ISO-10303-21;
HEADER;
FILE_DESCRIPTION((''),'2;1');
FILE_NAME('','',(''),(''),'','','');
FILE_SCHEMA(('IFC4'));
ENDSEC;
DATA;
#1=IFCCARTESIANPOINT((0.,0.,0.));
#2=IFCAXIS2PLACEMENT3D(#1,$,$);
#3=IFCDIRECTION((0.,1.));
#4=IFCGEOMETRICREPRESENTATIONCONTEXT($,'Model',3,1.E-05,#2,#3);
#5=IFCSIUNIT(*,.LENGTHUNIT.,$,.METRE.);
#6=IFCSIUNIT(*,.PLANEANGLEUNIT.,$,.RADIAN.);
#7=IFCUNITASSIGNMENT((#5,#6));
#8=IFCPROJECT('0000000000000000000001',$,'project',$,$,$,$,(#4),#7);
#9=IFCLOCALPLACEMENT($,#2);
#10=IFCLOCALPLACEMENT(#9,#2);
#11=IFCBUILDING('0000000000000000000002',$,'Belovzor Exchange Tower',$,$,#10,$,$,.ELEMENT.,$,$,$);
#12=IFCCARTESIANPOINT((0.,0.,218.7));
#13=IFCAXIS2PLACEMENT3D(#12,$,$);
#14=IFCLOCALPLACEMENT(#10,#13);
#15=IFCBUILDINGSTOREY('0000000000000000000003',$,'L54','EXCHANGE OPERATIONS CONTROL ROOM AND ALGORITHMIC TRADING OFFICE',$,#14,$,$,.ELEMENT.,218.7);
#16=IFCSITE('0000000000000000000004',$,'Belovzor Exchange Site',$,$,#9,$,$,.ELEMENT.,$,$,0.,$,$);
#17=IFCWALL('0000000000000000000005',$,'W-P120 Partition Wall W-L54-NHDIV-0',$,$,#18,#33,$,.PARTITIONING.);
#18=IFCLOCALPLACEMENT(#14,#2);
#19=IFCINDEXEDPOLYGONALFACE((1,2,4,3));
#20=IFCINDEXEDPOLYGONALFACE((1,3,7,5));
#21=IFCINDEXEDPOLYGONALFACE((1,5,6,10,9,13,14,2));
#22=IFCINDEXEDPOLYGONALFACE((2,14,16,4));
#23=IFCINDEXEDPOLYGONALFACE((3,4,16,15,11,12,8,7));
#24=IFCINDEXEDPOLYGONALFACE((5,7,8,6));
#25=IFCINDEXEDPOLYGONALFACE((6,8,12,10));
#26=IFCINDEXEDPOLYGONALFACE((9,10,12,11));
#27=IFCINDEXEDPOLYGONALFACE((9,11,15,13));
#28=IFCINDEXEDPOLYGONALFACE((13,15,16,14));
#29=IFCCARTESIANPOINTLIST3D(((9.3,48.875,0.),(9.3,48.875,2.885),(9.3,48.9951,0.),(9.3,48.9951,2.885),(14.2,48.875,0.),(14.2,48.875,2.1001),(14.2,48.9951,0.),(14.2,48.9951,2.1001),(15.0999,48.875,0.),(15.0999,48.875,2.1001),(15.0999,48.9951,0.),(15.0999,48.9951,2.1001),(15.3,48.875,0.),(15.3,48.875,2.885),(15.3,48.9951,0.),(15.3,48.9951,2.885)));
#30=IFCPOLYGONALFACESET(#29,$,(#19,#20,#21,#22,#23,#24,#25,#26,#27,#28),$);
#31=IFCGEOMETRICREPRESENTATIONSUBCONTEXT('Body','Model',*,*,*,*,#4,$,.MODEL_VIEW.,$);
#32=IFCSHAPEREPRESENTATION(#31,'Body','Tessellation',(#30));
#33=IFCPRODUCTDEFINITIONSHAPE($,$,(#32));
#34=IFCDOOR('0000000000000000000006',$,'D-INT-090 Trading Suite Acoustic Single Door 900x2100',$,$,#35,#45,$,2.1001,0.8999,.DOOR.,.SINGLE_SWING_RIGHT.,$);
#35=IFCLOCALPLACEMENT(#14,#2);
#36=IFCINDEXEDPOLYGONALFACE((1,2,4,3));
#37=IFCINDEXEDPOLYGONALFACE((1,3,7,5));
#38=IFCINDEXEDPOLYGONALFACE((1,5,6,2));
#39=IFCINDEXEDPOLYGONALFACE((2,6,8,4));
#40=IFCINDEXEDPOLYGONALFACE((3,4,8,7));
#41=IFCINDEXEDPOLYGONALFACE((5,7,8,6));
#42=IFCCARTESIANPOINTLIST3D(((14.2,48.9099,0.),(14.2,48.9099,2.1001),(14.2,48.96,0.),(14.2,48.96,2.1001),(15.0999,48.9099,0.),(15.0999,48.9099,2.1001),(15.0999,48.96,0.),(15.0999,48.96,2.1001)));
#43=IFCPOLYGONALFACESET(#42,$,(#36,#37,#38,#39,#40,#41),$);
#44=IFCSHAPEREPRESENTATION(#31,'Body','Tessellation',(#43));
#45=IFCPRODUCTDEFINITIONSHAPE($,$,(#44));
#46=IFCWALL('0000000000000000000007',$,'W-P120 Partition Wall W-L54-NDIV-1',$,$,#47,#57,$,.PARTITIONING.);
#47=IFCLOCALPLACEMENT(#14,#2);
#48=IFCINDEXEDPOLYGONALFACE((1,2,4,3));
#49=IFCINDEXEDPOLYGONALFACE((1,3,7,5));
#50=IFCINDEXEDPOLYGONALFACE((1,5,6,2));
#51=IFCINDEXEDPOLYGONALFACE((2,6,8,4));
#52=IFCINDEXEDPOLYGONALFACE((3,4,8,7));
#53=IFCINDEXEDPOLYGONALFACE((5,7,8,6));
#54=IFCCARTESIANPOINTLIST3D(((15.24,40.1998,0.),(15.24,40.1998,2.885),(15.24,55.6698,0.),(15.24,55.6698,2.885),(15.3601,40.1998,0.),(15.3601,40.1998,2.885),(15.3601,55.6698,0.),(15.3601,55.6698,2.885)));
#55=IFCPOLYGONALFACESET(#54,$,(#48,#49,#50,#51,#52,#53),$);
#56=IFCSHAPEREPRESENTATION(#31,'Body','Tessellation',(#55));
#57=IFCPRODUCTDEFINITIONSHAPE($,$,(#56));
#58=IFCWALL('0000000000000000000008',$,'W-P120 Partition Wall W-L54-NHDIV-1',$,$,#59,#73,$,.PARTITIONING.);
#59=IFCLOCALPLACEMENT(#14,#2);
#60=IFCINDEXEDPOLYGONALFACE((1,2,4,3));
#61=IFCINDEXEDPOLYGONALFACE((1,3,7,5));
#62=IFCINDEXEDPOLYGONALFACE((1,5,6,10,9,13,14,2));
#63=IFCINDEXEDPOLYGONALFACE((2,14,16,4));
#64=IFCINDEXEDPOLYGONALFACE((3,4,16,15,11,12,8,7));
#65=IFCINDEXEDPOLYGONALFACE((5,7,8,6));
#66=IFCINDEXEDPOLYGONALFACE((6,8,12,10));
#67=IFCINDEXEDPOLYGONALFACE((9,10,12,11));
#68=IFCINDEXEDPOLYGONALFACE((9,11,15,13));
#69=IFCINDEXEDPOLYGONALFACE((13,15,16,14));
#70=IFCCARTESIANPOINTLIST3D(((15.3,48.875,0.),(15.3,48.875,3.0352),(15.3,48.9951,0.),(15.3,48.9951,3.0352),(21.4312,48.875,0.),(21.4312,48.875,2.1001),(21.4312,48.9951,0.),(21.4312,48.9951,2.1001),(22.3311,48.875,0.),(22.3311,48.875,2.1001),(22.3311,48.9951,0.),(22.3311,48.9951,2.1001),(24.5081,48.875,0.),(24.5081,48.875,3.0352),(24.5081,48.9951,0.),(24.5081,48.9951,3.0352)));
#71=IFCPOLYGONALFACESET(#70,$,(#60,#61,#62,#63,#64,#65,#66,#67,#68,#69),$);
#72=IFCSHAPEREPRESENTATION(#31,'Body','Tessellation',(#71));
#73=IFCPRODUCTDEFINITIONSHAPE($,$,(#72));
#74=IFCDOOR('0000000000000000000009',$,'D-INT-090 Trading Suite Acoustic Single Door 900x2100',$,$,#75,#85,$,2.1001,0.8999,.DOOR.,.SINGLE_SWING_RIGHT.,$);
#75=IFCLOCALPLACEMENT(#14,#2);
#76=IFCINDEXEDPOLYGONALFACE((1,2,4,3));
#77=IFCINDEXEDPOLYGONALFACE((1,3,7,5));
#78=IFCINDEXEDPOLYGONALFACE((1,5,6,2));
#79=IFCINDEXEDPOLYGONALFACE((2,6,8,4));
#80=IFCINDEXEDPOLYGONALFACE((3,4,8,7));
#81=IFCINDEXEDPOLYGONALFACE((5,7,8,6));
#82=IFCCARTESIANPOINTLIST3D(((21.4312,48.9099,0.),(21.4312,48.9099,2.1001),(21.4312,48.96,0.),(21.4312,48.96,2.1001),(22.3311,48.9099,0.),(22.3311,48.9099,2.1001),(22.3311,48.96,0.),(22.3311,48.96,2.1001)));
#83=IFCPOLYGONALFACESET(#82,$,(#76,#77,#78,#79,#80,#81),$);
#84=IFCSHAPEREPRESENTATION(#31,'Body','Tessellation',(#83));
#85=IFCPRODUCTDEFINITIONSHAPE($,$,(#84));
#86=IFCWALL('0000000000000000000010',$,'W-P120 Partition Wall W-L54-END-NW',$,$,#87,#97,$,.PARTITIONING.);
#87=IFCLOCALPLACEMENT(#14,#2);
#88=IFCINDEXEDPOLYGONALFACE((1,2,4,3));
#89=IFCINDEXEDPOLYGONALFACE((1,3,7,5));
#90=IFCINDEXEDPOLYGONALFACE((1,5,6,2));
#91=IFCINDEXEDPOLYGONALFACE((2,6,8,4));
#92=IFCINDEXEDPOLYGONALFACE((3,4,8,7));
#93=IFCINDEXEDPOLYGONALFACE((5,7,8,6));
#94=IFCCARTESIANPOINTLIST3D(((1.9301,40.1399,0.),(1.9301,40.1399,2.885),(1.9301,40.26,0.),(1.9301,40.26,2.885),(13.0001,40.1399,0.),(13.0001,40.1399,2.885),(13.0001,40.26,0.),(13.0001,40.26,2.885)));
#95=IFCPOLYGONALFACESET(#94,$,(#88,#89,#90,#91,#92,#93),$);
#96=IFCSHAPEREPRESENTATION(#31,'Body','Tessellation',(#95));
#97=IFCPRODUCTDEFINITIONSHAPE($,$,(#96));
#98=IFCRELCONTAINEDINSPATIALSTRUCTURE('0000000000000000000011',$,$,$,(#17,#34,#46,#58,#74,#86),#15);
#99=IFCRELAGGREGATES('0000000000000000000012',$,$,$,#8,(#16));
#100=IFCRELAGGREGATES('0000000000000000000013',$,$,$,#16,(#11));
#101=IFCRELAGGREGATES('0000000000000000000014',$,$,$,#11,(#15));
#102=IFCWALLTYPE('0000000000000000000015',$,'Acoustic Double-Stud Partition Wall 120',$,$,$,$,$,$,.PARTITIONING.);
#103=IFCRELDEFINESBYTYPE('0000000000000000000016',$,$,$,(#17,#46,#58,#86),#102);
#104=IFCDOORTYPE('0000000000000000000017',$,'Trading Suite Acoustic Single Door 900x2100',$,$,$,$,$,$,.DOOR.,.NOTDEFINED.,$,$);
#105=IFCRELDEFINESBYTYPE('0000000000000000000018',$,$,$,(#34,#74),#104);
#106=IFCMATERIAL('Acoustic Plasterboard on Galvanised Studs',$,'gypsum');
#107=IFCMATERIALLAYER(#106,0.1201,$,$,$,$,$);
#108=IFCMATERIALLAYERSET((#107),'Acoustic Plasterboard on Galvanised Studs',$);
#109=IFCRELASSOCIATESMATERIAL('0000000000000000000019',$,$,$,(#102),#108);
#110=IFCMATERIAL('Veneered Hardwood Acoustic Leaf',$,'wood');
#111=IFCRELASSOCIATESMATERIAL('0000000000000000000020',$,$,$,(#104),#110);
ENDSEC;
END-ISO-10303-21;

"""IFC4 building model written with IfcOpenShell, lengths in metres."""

from ifc_helpers import new_model, si_unit, direction, frame, frame_2d, origin, place, context, subcontext, project, spatial, rectangle, extrude, material, layer, layer_set, type_object, element, fill, save


model = new_model("IFC4")

# Units and contexts
model_context = context("Model", 3, precision=1e-05, world=origin(), true_north=direction((0.0, 1.0)))
body_context = subcontext(model_context, "Body", "Model", "MODEL_VIEW")
ifc_project = project(units=[si_unit("LENGTHUNIT", "METRE"), si_unit("PLANEANGLEUNIT", "RADIAN")], contexts=[model_context])

# Site, building, storey
site_placement = place(None, origin())
site = spatial("IfcSite", under=ifc_project, at=site_placement, Name="Belovzor Exchange Site", CompositionType="ELEMENT", RefElevation=0.0)
building_placement = place(site_placement, origin())
building = spatial("IfcBuilding", under=site, at=building_placement, Name="Belovzor Exchange Tower", CompositionType="ELEMENT")
storey_placement = place(building_placement, frame((0.0, 0.0, 218.7)))
storey = spatial("IfcBuildingStorey", under=building, at=storey_placement, Name="L54", Description="EXCHANGE OPERATIONS CONTROL ROOM AND ALGORITHMIC TRADING OFFICE", CompositionType="ELEMENT", Elevation=218.7)

# Wall, opening, door
ifc_material_1 = material(Name="Acoustic Plasterboard on Galvanised Studs", Category="gypsum")
ifc_layer_1 = layer(ifc_material_1, 0.1201)
ifc_layer_set_1 = layer_set([ifc_layer_1], Name="Acoustic Plasterboard on Galvanised Studs")
wall_type_1 = type_object("IfcWallType", Name="Acoustic Double-Stud Partition Wall 120", PredefinedType="PARTITIONING", material=ifc_layer_set_1)
wall_1_placement = place(storey_placement, frame((9.3, 48.9351, 0.0), z_axis=(0.0, 0.0, 1.0), x_axis=(1.0, 0.0, 0.0)))
wall_1 = element("IfcWall", 1, at=wall_1_placement, inside=storey, type_object=wall_type_1, Name="W-P120 Partition Wall W-L54-NHDIV-0", PredefinedType="PARTITIONING", context=body_context, shape_type="SweptSolid", body=[
    extrude(rectangle(XDim=6.0, YDim=0.1201, at=frame_2d((3.0, 0.0))), origin(), (0.0, 0.0, 1.0), 2.885),
])
opening_1_placement = place(wall_1_placement, frame((4.8999, 0.0, 0.0)))
opening_1 = element("IfcOpeningElement", 2, at=opening_1_placement, cuts=wall_1, PredefinedType="OPENING", context=body_context, shape_type="SweptSolid", body=[
    extrude(rectangle(XDim=0.8999, YDim=2.1001, at=frame_2d((0.45, 1.05))), frame((0.0, 0.0701, 0.0), z_axis=(0.0, -1.0, 0.0), x_axis=(1.0, 0.0, 0.0)), (0.0, 0.0, 1.0), 0.1401),
])
ifc_material_2 = material(Name="Veneered Hardwood Acoustic Leaf", Category="wood")
door_type = type_object("IfcDoorType", Name="Trading Suite Acoustic Single Door 900x2100", OperationType="NOTDEFINED", PredefinedType="DOOR", material=ifc_material_2)
door_1_placement = place(opening_1_placement, origin())
door_1 = element("IfcDoor", 3, at=door_1_placement, inside=storey, type_object=door_type, Name="D-INT-090 Trading Suite Acoustic Single Door 900x2100", OperationType="SINGLE_SWING_RIGHT", OverallHeight=2.1001, OverallWidth=0.8999, PredefinedType="DOOR", context=body_context, shape_type="SweptSolid", body=[
    extrude(rectangle(XDim=0.8999, YDim=2.1001, at=frame_2d((0.45, 1.05))), frame((0.0, 0.0249, 0.0), z_axis=(0.0, -1.0, 0.0), x_axis=(1.0, 0.0, 0.0)), (0.0, 0.0, 1.0), 0.05),
])
fill(opening_1, door_1)

# Wall
wall_2_placement = place(storey_placement, frame((15.3, 40.2, 0.0), z_axis=(0.0, 0.0, 1.0), x_axis=(0.0, 1.0, 0.0)))
element("IfcWall", 4, at=wall_2_placement, inside=storey, type_object=wall_type_1, Name="W-P120 Partition Wall W-L54-NDIV-1", PredefinedType="PARTITIONING", context=body_context, shape_type="SweptSolid", body=[
    extrude(rectangle(XDim=15.47, YDim=0.1201, at=frame_2d((7.7349, 0.0))), origin(), (0.0, 0.0, 1.0), 2.885),
])

# Wall, opening, door
wall_3_placement = place(storey_placement, frame((15.3, 48.9351, 0.0), z_axis=(0.0, 0.0, 1.0), x_axis=(1.0, 0.0, 0.0)))
wall_3 = element("IfcWall", 5, at=wall_3_placement, inside=storey, type_object=wall_type_1, Name="W-P120 Partition Wall W-L54-NHDIV-1", PredefinedType="PARTITIONING", context=body_context, shape_type="SweptSolid", body=[
    extrude(rectangle(XDim=9.208, YDim=0.1201, at=frame_2d((4.604, 0.0))), origin(), (0.0, 0.0, 1.0), 3.0352),
])
opening_2_placement = place(wall_3_placement, frame((6.1311, 0.0, 0.0)))
opening_2 = element("IfcOpeningElement", 6, at=opening_2_placement, cuts=wall_3, PredefinedType="OPENING", context=body_context, shape_type="SweptSolid", body=[
    extrude(rectangle(XDim=0.8999, YDim=2.1001, at=frame_2d((0.45, 1.05))), frame((0.0, 0.0701, 0.0), z_axis=(0.0, -1.0, 0.0), x_axis=(1.0, 0.0, 0.0)), (0.0, 0.0, 1.0), 0.1401),
])
door_2_placement = place(opening_2_placement, origin())
door_2 = element("IfcDoor", 7, at=door_2_placement, inside=storey, type_object=door_type, Name="D-INT-090 Trading Suite Acoustic Single Door 900x2100", OperationType="SINGLE_SWING_RIGHT", OverallHeight=2.1001, OverallWidth=0.8999, PredefinedType="DOOR", context=body_context, shape_type="SweptSolid", body=[
    extrude(rectangle(XDim=0.8999, YDim=2.1001, at=frame_2d((0.45, 1.05))), frame((0.0, 0.0249, 0.0), z_axis=(0.0, -1.0, 0.0), x_axis=(1.0, 0.0, 0.0)), (0.0, 0.0, 1.0), 0.05),
])
fill(opening_2, door_2)

# Wall
wall_4_placement = place(storey_placement, frame((1.9299, 40.2, 0.0), z_axis=(0.0, 0.0, 1.0), x_axis=(1.0, 0.0, 0.0)))
element("IfcWall", 8, at=wall_4_placement, inside=storey, type_object=wall_type_1, Name="W-P120 Partition Wall W-L54-END-NW", PredefinedType="PARTITIONING", context=body_context, shape_type="SweptSolid", body=[
    extrude(rectangle(XDim=11.0701, YDim=0.1201, at=frame_2d((5.5352, 0.0))), origin(), (0.0, 0.0, 1.0), 2.885),
])

save(model, "model.ifc")
